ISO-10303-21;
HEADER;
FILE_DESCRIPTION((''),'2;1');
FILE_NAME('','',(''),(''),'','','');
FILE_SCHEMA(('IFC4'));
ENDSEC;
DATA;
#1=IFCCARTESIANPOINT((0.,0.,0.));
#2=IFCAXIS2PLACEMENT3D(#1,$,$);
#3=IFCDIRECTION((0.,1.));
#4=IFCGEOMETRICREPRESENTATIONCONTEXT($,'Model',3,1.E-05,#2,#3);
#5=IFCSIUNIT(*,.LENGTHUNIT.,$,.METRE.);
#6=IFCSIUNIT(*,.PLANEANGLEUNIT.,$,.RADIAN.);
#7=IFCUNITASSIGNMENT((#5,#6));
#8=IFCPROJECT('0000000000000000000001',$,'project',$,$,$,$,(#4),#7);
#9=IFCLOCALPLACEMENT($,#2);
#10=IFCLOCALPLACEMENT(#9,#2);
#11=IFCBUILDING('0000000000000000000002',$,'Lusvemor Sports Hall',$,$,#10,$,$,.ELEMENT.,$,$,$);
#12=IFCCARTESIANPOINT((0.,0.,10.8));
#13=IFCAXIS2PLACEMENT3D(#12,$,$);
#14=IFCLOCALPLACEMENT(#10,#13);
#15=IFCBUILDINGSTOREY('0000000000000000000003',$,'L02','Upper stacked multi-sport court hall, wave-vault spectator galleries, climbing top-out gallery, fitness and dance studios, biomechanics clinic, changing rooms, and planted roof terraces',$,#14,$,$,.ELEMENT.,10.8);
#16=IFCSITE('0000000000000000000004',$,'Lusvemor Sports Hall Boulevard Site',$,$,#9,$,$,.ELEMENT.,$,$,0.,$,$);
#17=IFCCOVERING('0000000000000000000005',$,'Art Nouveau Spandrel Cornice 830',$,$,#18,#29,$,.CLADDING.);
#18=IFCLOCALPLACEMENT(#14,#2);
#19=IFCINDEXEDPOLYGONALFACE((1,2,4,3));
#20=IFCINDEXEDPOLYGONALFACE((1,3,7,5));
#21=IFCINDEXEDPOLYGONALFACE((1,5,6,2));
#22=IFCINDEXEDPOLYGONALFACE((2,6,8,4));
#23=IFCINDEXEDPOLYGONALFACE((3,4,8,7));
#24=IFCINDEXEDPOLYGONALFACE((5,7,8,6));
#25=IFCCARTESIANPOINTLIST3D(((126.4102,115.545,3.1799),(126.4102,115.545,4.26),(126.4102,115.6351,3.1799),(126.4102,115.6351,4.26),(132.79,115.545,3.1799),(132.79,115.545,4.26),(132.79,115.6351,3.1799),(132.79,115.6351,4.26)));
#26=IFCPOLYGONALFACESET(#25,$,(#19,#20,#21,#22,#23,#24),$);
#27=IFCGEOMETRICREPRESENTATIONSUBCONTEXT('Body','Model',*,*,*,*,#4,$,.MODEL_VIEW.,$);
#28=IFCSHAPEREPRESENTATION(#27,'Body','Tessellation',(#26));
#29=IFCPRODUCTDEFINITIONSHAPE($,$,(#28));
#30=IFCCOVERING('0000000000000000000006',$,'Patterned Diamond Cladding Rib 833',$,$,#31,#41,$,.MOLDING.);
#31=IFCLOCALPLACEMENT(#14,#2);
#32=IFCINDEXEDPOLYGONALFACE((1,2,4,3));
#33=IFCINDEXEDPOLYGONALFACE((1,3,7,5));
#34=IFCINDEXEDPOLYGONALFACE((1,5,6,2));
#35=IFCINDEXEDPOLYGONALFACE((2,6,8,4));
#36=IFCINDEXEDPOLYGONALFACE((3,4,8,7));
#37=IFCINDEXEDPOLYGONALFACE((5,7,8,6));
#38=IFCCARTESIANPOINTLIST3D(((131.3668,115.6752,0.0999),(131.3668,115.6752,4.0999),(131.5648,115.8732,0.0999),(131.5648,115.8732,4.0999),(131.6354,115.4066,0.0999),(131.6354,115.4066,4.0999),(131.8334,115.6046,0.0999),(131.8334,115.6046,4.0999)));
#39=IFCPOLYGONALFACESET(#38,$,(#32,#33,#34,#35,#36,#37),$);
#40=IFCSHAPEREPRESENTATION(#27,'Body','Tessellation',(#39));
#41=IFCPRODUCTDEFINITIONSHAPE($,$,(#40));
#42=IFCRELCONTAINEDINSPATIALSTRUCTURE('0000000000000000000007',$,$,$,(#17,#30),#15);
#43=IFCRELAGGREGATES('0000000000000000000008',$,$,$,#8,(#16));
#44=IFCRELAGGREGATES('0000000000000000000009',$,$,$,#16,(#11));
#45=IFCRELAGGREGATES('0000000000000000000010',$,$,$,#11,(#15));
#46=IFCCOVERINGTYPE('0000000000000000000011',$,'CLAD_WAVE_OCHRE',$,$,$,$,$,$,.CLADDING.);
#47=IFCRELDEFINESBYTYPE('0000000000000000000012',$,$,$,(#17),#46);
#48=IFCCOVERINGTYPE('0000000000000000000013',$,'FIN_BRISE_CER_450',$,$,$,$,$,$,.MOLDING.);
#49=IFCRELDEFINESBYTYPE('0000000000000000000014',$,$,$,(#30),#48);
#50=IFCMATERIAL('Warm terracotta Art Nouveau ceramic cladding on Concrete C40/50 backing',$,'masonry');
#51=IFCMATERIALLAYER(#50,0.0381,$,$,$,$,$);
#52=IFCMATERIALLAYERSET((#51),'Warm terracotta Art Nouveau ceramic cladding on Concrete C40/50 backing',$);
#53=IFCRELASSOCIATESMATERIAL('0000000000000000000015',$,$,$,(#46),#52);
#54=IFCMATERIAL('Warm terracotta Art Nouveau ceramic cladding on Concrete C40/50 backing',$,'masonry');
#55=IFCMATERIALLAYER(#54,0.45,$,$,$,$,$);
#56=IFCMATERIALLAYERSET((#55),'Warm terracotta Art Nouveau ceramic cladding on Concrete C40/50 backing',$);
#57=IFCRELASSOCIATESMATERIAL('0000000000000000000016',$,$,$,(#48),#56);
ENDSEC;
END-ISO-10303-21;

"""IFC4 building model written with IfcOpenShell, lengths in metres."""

from ifc_helpers import new_model, si_unit, direction, frame, origin, origin_2d, place, context, subcontext, project, spatial, rectangle, extrude, material, layer, layer_set, type_object, element, save


model = new_model("IFC4")

# Units and contexts
model_context = context("Model", 3, precision=1e-05, world=origin(), true_north=direction((0.0, 1.0)))
body_context = subcontext(model_context, "Body", "Model", "MODEL_VIEW")
ifc_project = project(units=[si_unit("LENGTHUNIT", "METRE"), si_unit("PLANEANGLEUNIT", "RADIAN")], contexts=[model_context])

# Site, building, storey
site_placement = place(None, origin())
site = spatial("IfcSite", under=ifc_project, at=site_placement, Name="Lusvemor Sports Hall Boulevard Site", CompositionType="ELEMENT", RefElevation=0.0)
building_placement = place(site_placement, origin())
building = spatial("IfcBuilding", under=site, at=building_placement, Name="Lusvemor Sports Hall", CompositionType="ELEMENT")
storey_placement = place(building_placement, frame((0.0, 0.0, 10.8)))
storey = spatial("IfcBuildingStorey", under=building, at=storey_placement, Name="L02", Description="Upper stacked multi-sport court hall, wave-vault spectator galleries, climbing top-out gallery, fitness and dance studios, biomechanics clinic, changing rooms, and planted roof terraces", CompositionType="ELEMENT", Elevation=10.8)

# Coverings
ifc_material_1 = material(Name="Warm terracotta Art Nouveau ceramic cladding on Concrete C40/50 backing", Category="masonry")
ifc_layer_1 = layer(ifc_material_1, 0.0381)
ifc_layer_set_1 = layer_set([ifc_layer_1], Name="Warm terracotta Art Nouveau ceramic cladding on Concrete C40/50 backing")
covering_type_1 = type_object("IfcCoveringType", Name="CLAD_WAVE_OCHRE", PredefinedType="CLADDING", material=ifc_layer_set_1)
covering_1_placement = place(storey_placement, frame((129.6001, 115.5901, 3.1799), z_axis=(0.0, 0.0, 1.0), x_axis=(1.0, 0.0, 0.0)))
element("IfcCovering", 1, at=covering_1_placement, inside=storey, type_object=covering_type_1, Name="Art Nouveau Spandrel Cornice 830", PredefinedType="CLADDING", context=body_context, shape_type="SweptSolid", body=[
    extrude(rectangle(XDim=6.3799, YDim=0.0901, at=origin_2d()), origin(), (0.0, 0.0, 1.0), 1.0801),
])
ifc_material_2 = material(Name="Warm terracotta Art Nouveau ceramic cladding on Concrete C40/50 backing", Category="masonry")
ifc_layer_2 = layer(ifc_material_2, 0.45)
ifc_layer_set_2 = layer_set([ifc_layer_2], Name="Warm terracotta Art Nouveau ceramic cladding on Concrete C40/50 backing")
covering_type_2 = type_object("IfcCoveringType", Name="FIN_BRISE_CER_450", PredefinedType="MOLDING", material=ifc_layer_set_2)
covering_2_placement = place(storey_placement, frame((131.6001, 115.6399, 0.0999), z_axis=(0.0, 0.0, 1.0), x_axis=(0.707107, 0.707107, 0.0)))
element("IfcCovering", 2, at=covering_2_placement, inside=storey, type_object=covering_type_2, Name="Patterned Diamond Cladding Rib 833", PredefinedType="MOLDING", context=body_context, shape_type="SweptSolid", body=[
    extrude(rectangle(XDim=0.28, YDim=0.3799, at=origin_2d()), origin(), (0.0, 0.0, 1.0), 4.0),
])

save(model, "model.ifc")
